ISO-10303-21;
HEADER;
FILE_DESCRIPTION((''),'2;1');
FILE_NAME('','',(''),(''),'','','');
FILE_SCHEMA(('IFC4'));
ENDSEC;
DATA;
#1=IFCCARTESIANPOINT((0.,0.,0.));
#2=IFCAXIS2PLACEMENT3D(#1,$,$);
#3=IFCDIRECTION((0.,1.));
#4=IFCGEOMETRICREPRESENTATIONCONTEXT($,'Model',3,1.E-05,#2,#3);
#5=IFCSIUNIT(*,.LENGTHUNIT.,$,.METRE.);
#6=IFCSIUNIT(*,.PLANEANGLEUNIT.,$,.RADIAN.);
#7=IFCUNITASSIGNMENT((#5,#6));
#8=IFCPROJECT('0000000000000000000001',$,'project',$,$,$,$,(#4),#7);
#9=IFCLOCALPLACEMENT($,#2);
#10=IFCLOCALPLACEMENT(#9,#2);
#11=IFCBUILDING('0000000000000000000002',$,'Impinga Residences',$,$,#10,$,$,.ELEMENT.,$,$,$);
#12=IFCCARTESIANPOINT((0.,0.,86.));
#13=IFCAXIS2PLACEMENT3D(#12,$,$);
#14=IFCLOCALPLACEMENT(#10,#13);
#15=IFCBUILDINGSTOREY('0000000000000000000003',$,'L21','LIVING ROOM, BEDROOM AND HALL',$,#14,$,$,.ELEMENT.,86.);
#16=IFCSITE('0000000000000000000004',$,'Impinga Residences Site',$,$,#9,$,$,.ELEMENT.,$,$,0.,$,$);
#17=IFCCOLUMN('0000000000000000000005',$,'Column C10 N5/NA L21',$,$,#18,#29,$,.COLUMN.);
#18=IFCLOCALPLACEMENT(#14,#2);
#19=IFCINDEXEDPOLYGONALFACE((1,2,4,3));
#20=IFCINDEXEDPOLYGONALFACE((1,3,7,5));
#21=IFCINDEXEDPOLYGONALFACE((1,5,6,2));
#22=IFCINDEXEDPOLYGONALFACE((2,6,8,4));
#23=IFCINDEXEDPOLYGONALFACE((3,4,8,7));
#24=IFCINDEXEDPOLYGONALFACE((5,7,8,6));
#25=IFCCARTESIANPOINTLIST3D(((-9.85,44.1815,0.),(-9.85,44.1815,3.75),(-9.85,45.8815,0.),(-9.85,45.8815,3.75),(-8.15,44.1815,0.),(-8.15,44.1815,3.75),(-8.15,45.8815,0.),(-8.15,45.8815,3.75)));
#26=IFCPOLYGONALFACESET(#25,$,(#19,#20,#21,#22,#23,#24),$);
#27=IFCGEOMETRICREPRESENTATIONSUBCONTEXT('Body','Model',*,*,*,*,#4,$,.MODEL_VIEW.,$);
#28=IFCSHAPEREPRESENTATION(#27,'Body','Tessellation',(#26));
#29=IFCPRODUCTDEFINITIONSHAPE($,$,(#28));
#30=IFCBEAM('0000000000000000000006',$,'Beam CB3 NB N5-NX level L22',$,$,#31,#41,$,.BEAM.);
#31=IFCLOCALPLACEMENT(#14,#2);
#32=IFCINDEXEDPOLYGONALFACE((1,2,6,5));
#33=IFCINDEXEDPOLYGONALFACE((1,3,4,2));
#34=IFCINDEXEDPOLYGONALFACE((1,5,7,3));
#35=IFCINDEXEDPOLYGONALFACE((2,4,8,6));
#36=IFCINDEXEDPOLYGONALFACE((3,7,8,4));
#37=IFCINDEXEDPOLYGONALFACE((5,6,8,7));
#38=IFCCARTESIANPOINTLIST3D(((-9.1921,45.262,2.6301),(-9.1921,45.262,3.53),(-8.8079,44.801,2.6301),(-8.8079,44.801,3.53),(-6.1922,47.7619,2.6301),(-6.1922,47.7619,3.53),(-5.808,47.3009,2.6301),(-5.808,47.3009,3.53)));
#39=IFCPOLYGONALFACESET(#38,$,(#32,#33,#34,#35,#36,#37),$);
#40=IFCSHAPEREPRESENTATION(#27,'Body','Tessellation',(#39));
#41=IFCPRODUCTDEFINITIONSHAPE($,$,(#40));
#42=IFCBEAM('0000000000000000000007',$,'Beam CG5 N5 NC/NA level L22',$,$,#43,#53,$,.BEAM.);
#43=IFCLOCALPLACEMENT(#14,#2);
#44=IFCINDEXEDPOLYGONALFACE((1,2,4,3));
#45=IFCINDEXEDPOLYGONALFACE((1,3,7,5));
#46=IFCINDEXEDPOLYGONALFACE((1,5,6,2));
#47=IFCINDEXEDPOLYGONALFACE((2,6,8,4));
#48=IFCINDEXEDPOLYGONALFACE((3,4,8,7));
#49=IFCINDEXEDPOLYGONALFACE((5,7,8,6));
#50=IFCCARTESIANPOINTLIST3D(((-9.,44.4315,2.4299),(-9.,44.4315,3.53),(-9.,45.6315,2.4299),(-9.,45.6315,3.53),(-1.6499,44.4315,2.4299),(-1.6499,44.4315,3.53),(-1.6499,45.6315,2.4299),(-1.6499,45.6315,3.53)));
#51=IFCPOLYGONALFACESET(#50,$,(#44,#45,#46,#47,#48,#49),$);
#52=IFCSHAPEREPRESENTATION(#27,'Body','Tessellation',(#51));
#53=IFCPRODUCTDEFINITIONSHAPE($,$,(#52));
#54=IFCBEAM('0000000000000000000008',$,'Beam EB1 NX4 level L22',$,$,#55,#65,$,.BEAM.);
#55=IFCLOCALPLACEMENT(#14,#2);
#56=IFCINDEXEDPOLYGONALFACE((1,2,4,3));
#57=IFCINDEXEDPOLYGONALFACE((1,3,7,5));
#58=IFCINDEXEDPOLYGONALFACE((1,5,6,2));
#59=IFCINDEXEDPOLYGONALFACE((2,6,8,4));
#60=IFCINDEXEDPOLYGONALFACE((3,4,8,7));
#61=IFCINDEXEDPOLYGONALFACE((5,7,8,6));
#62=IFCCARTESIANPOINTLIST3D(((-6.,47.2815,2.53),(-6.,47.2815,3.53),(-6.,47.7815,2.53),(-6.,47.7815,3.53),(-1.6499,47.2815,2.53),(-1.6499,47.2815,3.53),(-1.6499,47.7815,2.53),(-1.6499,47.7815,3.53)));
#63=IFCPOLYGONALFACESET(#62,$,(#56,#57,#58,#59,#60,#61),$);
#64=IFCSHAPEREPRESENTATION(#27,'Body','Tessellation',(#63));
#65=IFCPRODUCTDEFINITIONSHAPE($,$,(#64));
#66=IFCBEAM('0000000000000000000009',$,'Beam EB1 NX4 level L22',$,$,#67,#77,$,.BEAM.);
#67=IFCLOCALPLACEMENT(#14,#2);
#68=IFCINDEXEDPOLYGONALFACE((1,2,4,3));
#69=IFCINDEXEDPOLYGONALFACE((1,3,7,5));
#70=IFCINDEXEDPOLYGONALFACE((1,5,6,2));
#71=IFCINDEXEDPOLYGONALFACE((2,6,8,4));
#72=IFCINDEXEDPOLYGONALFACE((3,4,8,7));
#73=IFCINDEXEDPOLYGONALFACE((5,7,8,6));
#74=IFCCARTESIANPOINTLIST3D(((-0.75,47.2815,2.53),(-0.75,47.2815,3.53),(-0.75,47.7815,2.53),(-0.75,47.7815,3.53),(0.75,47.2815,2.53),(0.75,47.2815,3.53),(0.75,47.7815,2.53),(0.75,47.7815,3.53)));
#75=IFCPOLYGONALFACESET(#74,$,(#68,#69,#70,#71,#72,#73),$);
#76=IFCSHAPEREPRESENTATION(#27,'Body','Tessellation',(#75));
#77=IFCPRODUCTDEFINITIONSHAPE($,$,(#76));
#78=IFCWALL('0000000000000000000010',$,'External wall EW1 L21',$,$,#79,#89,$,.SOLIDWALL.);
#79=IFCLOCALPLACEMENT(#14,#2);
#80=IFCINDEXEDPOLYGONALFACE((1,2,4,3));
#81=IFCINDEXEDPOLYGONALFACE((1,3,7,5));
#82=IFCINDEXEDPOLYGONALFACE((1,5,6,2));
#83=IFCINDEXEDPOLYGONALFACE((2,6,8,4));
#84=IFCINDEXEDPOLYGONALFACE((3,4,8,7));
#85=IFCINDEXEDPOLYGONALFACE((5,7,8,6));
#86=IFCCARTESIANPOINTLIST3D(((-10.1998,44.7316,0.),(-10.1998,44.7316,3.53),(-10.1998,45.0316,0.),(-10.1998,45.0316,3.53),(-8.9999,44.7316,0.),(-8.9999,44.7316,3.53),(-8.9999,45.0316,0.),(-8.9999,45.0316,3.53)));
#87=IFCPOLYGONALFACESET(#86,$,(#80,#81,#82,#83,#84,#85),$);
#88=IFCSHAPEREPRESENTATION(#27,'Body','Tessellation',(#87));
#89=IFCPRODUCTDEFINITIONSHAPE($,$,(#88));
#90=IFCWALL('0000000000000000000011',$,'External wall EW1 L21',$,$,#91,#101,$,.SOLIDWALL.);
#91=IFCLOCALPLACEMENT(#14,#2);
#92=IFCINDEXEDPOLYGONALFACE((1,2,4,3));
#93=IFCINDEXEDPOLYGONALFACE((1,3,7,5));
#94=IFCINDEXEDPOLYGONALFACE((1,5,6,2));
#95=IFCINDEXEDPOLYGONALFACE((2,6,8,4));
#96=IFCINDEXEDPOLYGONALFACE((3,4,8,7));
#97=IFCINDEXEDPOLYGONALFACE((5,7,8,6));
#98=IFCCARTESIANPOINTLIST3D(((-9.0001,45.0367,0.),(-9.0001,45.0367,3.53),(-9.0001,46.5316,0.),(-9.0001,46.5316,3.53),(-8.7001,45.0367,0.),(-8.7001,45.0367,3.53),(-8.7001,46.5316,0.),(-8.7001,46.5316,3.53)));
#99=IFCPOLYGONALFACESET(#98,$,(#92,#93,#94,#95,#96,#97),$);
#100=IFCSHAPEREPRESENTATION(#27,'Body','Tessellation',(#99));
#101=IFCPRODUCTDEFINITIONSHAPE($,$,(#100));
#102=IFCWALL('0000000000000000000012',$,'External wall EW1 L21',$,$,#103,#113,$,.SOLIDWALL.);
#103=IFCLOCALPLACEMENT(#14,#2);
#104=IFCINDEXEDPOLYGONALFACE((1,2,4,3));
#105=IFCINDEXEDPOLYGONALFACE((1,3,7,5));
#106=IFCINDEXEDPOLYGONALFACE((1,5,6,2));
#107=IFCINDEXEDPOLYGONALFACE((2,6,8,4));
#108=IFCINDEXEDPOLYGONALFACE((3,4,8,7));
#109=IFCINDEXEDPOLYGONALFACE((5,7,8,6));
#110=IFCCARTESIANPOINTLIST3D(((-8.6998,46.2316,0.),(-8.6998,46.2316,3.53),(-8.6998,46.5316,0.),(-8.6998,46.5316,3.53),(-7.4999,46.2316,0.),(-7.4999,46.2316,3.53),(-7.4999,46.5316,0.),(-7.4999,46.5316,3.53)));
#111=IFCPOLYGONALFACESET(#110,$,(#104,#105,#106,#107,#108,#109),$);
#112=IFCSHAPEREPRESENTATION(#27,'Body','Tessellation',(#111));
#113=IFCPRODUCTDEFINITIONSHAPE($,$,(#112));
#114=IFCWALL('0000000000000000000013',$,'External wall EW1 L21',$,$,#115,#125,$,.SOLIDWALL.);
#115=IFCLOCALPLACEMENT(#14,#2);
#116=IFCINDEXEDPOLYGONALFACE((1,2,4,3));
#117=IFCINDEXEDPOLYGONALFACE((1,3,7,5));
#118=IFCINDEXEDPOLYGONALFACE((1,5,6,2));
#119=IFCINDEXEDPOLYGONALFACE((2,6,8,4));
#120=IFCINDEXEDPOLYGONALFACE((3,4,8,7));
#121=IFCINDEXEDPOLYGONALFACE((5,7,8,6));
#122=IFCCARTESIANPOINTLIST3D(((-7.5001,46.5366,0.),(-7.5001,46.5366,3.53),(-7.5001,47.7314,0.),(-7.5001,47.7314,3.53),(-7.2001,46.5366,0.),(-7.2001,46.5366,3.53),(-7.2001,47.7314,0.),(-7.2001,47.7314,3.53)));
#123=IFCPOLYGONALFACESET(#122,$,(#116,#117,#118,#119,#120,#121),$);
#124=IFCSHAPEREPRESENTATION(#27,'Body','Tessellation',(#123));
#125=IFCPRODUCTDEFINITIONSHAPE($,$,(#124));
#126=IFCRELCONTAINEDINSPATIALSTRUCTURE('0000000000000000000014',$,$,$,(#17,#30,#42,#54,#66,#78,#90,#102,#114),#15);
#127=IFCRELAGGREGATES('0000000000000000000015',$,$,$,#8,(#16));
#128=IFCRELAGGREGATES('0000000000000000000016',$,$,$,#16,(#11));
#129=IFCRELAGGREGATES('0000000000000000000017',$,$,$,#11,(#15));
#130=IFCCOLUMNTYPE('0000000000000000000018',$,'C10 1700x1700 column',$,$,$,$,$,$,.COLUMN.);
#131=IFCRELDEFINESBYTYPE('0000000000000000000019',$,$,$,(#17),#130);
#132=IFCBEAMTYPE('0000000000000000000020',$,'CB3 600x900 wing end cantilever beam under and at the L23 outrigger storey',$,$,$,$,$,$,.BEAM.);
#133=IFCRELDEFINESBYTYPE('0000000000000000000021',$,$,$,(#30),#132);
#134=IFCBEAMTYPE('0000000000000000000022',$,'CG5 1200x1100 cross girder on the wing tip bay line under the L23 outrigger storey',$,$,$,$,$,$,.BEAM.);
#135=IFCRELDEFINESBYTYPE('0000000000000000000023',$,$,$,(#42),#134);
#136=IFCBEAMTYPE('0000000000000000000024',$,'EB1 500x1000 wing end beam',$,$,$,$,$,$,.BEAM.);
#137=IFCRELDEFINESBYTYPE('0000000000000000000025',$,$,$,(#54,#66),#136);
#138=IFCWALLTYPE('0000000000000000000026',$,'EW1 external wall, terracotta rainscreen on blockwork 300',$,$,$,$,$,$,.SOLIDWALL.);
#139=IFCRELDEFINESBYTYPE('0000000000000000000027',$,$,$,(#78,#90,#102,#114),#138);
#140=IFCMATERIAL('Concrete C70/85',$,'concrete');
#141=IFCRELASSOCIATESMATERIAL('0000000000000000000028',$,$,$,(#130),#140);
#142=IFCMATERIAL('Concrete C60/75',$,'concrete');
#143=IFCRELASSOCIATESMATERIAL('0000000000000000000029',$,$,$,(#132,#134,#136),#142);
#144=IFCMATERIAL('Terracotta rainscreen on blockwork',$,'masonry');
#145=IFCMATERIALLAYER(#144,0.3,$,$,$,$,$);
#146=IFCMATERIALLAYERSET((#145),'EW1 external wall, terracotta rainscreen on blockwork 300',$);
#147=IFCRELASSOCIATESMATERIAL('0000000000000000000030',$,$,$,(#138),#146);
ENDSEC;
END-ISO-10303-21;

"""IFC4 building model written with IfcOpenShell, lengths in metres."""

from ifc_helpers import new_model, si_unit, direction, frame, frame_2d, origin, origin_2d, place, context, subcontext, project, spatial, rectangle, extrude, material, layer, layer_set, material_profile, profile_set, type_object, element, save


model = new_model("IFC4")

# Units and contexts
model_context = context("Model", 3, precision=1e-05, world=origin(), true_north=direction((0.0, 1.0)))
body_context = subcontext(model_context, "Body", "Model", "MODEL_VIEW")
ifc_project = project(units=[si_unit("LENGTHUNIT", "METRE"), si_unit("PLANEANGLEUNIT", "RADIAN")], contexts=[model_context])

# Site, building, storey
site_placement = place(None, origin())
site = spatial("IfcSite", under=ifc_project, at=site_placement, Name="Impinga Residences Site", CompositionType="ELEMENT", RefElevation=0.0)
building_placement = place(site_placement, origin())
building = spatial("IfcBuilding", under=site, at=building_placement, Name="Impinga Residences", CompositionType="ELEMENT")
storey_placement = place(building_placement, frame((0.0, 0.0, 86.0)))
storey = spatial("IfcBuildingStorey", under=building, at=storey_placement, Name="L21", Description="LIVING ROOM, BEDROOM AND HALL", CompositionType="ELEMENT", Elevation=86.0)

# Column
ifc_material_1 = material(Name="Concrete C70/85", Category="concrete")
ifc_material_profile_1 = material_profile(ifc_material_1, rectangle(XDim=1.7, YDim=1.7, at=origin_2d()), Name="RC 1700x1700")
ifc_profile_set_1 = profile_set([ifc_material_profile_1], Name="Concrete C70/85")
column_type = type_object("IfcColumnType", Name="C10 1700x1700 column", PredefinedType="COLUMN", material=ifc_profile_set_1)
column_placement = place(storey_placement, frame((-9.0, 45.0315, 0.0), z_axis=(0.0, 0.0, 1.0), x_axis=(1.0, 0.0, 0.0)))
element("IfcColumn", 1, at=column_placement, inside=storey, type_object=column_type, Name="Column C10 N5/NA L21", PredefinedType="COLUMN", context=body_context, shape_type="SweptSolid", body=[
    extrude(rectangle(XDim=1.7, YDim=1.7, at=origin_2d()), origin(), (0.0, 0.0, 1.0), 3.75),
])

# Beams
ifc_material_2 = material(Name="Concrete C60/75", Category="concrete")
ifc_material_profile_2 = material_profile(ifc_material_2, rectangle(XDim=0.6001, YDim=0.8999, at=origin_2d()), Name="RC 600x900")
ifc_profile_set_2 = profile_set([ifc_material_profile_2], Name="Concrete C60/75")
beam_type_1 = type_object("IfcBeamType", Name="CB3 600x900 wing end cantilever beam under and at the L23 outrigger storey", PredefinedType="BEAM", material=ifc_profile_set_2)
beam_1_placement = place(storey_placement, frame((-9.0, 45.0315, 3.0801), z_axis=(0.768221, 0.640184, 0.0), x_axis=(-0.640184, 0.768221, 0.0)))
element("IfcBeam", 2, at=beam_1_placement, inside=storey, type_object=beam_type_1, Name="Beam CB3 NB N5-NX level L22", PredefinedType="BEAM", context=body_context, shape_type="SweptSolid", body=[
    extrude(rectangle(XDim=0.6001, YDim=0.8999, at=origin_2d()), origin(), (0.0, 0.0, 1.0), 3.905),
])
ifc_material_profile_3 = material_profile(ifc_material_2, rectangle(XDim=1.2, YDim=1.1001, at=origin_2d()), Name="RC 1200x1100")
ifc_profile_set_3 = profile_set([ifc_material_profile_3], Name="Concrete C60/75")
beam_type_2 = type_object("IfcBeamType", Name="CG5 1200x1100 cross girder on the wing tip bay line under the L23 outrigger storey", PredefinedType="BEAM", material=ifc_profile_set_3)
beam_2_placement = place(storey_placement, frame((-1.6499, 45.0315, 2.98), z_axis=(-1.0, 0.0, 0.0), x_axis=(0.0, -1.0, 0.0)))
element("IfcBeam", 3, at=beam_2_placement, inside=storey, type_object=beam_type_2, Name="Beam CG5 N5 NC/NA level L22", PredefinedType="BEAM", context=body_context, shape_type="SweptSolid", body=[
    extrude(rectangle(XDim=1.2, YDim=1.1001, at=origin_2d()), origin(), (0.0, 0.0, 1.0), 7.3501),
])
ifc_material_profile_4 = material_profile(ifc_material_2, rectangle(XDim=0.5, YDim=1.0, at=origin_2d()), Name="RC 500x1000")
ifc_profile_set_4 = profile_set([ifc_material_profile_4], Name="Concrete C60/75")
beam_type_3 = type_object("IfcBeamType", Name="EB1 500x1000 wing end beam", PredefinedType="BEAM", material=ifc_profile_set_4)
beam_3_placement = place(storey_placement, frame((-6.0, 47.5315, 3.03), z_axis=(1.0, 0.0, 0.0), x_axis=(0.0, 1.0, 0.0)))
element("IfcBeam", 4, at=beam_3_placement, inside=storey, type_object=beam_type_3, Name="Beam EB1 NX4 level L22", PredefinedType="BEAM", context=body_context, shape_type="SweptSolid", body=[
    extrude(rectangle(XDim=0.5, YDim=1.0, at=origin_2d()), origin(), (0.0, 0.0, 1.0), 4.3501),
])
beam_4_placement = place(storey_placement, frame((-0.75, 47.5315, 3.03), z_axis=(1.0, 0.0, 0.0), x_axis=(0.0, 1.0, 0.0)))
element("IfcBeam", 5, at=beam_4_placement, inside=storey, type_object=beam_type_3, Name="Beam EB1 NX4 level L22", PredefinedType="BEAM", context=body_context, shape_type="SweptSolid", body=[
    extrude(rectangle(XDim=0.5, YDim=1.0, at=origin_2d()), origin(), (0.0, 0.0, 1.0), 1.5),
])

# Walls
ifc_material_3 = material(Name="Terracotta rainscreen on blockwork", Category="masonry")
ifc_layer_1 = layer(ifc_material_3, 0.3)
ifc_layer_set_1 = layer_set([ifc_layer_1], Name="EW1 external wall, terracotta rainscreen on blockwork 300")
wall_type_1 = type_object("IfcWallType", Name="EW1 external wall, terracotta rainscreen on blockwork 300", PredefinedType="SOLIDWALL", material=ifc_layer_set_1)
wall_1_placement = place(storey_placement, frame((-10.2, 44.8816, 0.0), z_axis=(0.0, 0.0, 1.0), x_axis=(1.0, 0.0, 0.0)))
element("IfcWall", 6, at=wall_1_placement, inside=storey, type_object=wall_type_1, Name="External wall EW1 L21", PredefinedType="SOLIDWALL", context=body_context, shape_type="SweptSolid", body=[
    extrude(rectangle(XDim=1.2, YDim=0.3, at=frame_2d((0.6001, 0.0))), origin(), (0.0, 0.0, 1.0), 3.53),
])
wall_2_placement = place(storey_placement, frame((-8.8501, 45.0366, 0.0), z_axis=(0.0, 0.0, 1.0), x_axis=(0.0, 1.0, 0.0)))
element("IfcWall", 7, at=wall_2_placement, inside=storey, type_object=wall_type_1, Name="External wall EW1 L21", PredefinedType="SOLIDWALL", context=body_context, shape_type="SweptSolid", body=[
    extrude(rectangle(XDim=1.4949, YDim=0.3, at=frame_2d((0.7476, 0.0))), origin(), (0.0, 0.0, 1.0), 3.53),
])
wall_3_placement = place(storey_placement, frame((-8.7, 46.3816, 0.0), z_axis=(0.0, 0.0, 1.0), x_axis=(1.0, 0.0, 0.0)))
element("IfcWall", 8, at=wall_3_placement, inside=storey, type_object=wall_type_1, Name="External wall EW1 L21", PredefinedType="SOLIDWALL", context=body_context, shape_type="SweptSolid", body=[
    extrude(rectangle(XDim=1.2, YDim=0.3, at=frame_2d((0.6001, 0.0))), origin(), (0.0, 0.0, 1.0), 3.53),
])
wall_4_placement = place(storey_placement, frame((-7.3501, 46.5366, 0.0), z_axis=(0.0, 0.0, 1.0), x_axis=(0.0, 1.0, 0.0)))
element("IfcWall", 9, at=wall_4_placement, inside=storey, type_object=wall_type_1, Name="External wall EW1 L21", PredefinedType="SOLIDWALL", context=body_context, shape_type="SweptSolid", body=[
    extrude(rectangle(XDim=1.1948, YDim=0.3, at=frame_2d((0.5974, 0.0))), origin(), (0.0, 0.0, 1.0), 3.53),
])

save(model, "model.ifc")
